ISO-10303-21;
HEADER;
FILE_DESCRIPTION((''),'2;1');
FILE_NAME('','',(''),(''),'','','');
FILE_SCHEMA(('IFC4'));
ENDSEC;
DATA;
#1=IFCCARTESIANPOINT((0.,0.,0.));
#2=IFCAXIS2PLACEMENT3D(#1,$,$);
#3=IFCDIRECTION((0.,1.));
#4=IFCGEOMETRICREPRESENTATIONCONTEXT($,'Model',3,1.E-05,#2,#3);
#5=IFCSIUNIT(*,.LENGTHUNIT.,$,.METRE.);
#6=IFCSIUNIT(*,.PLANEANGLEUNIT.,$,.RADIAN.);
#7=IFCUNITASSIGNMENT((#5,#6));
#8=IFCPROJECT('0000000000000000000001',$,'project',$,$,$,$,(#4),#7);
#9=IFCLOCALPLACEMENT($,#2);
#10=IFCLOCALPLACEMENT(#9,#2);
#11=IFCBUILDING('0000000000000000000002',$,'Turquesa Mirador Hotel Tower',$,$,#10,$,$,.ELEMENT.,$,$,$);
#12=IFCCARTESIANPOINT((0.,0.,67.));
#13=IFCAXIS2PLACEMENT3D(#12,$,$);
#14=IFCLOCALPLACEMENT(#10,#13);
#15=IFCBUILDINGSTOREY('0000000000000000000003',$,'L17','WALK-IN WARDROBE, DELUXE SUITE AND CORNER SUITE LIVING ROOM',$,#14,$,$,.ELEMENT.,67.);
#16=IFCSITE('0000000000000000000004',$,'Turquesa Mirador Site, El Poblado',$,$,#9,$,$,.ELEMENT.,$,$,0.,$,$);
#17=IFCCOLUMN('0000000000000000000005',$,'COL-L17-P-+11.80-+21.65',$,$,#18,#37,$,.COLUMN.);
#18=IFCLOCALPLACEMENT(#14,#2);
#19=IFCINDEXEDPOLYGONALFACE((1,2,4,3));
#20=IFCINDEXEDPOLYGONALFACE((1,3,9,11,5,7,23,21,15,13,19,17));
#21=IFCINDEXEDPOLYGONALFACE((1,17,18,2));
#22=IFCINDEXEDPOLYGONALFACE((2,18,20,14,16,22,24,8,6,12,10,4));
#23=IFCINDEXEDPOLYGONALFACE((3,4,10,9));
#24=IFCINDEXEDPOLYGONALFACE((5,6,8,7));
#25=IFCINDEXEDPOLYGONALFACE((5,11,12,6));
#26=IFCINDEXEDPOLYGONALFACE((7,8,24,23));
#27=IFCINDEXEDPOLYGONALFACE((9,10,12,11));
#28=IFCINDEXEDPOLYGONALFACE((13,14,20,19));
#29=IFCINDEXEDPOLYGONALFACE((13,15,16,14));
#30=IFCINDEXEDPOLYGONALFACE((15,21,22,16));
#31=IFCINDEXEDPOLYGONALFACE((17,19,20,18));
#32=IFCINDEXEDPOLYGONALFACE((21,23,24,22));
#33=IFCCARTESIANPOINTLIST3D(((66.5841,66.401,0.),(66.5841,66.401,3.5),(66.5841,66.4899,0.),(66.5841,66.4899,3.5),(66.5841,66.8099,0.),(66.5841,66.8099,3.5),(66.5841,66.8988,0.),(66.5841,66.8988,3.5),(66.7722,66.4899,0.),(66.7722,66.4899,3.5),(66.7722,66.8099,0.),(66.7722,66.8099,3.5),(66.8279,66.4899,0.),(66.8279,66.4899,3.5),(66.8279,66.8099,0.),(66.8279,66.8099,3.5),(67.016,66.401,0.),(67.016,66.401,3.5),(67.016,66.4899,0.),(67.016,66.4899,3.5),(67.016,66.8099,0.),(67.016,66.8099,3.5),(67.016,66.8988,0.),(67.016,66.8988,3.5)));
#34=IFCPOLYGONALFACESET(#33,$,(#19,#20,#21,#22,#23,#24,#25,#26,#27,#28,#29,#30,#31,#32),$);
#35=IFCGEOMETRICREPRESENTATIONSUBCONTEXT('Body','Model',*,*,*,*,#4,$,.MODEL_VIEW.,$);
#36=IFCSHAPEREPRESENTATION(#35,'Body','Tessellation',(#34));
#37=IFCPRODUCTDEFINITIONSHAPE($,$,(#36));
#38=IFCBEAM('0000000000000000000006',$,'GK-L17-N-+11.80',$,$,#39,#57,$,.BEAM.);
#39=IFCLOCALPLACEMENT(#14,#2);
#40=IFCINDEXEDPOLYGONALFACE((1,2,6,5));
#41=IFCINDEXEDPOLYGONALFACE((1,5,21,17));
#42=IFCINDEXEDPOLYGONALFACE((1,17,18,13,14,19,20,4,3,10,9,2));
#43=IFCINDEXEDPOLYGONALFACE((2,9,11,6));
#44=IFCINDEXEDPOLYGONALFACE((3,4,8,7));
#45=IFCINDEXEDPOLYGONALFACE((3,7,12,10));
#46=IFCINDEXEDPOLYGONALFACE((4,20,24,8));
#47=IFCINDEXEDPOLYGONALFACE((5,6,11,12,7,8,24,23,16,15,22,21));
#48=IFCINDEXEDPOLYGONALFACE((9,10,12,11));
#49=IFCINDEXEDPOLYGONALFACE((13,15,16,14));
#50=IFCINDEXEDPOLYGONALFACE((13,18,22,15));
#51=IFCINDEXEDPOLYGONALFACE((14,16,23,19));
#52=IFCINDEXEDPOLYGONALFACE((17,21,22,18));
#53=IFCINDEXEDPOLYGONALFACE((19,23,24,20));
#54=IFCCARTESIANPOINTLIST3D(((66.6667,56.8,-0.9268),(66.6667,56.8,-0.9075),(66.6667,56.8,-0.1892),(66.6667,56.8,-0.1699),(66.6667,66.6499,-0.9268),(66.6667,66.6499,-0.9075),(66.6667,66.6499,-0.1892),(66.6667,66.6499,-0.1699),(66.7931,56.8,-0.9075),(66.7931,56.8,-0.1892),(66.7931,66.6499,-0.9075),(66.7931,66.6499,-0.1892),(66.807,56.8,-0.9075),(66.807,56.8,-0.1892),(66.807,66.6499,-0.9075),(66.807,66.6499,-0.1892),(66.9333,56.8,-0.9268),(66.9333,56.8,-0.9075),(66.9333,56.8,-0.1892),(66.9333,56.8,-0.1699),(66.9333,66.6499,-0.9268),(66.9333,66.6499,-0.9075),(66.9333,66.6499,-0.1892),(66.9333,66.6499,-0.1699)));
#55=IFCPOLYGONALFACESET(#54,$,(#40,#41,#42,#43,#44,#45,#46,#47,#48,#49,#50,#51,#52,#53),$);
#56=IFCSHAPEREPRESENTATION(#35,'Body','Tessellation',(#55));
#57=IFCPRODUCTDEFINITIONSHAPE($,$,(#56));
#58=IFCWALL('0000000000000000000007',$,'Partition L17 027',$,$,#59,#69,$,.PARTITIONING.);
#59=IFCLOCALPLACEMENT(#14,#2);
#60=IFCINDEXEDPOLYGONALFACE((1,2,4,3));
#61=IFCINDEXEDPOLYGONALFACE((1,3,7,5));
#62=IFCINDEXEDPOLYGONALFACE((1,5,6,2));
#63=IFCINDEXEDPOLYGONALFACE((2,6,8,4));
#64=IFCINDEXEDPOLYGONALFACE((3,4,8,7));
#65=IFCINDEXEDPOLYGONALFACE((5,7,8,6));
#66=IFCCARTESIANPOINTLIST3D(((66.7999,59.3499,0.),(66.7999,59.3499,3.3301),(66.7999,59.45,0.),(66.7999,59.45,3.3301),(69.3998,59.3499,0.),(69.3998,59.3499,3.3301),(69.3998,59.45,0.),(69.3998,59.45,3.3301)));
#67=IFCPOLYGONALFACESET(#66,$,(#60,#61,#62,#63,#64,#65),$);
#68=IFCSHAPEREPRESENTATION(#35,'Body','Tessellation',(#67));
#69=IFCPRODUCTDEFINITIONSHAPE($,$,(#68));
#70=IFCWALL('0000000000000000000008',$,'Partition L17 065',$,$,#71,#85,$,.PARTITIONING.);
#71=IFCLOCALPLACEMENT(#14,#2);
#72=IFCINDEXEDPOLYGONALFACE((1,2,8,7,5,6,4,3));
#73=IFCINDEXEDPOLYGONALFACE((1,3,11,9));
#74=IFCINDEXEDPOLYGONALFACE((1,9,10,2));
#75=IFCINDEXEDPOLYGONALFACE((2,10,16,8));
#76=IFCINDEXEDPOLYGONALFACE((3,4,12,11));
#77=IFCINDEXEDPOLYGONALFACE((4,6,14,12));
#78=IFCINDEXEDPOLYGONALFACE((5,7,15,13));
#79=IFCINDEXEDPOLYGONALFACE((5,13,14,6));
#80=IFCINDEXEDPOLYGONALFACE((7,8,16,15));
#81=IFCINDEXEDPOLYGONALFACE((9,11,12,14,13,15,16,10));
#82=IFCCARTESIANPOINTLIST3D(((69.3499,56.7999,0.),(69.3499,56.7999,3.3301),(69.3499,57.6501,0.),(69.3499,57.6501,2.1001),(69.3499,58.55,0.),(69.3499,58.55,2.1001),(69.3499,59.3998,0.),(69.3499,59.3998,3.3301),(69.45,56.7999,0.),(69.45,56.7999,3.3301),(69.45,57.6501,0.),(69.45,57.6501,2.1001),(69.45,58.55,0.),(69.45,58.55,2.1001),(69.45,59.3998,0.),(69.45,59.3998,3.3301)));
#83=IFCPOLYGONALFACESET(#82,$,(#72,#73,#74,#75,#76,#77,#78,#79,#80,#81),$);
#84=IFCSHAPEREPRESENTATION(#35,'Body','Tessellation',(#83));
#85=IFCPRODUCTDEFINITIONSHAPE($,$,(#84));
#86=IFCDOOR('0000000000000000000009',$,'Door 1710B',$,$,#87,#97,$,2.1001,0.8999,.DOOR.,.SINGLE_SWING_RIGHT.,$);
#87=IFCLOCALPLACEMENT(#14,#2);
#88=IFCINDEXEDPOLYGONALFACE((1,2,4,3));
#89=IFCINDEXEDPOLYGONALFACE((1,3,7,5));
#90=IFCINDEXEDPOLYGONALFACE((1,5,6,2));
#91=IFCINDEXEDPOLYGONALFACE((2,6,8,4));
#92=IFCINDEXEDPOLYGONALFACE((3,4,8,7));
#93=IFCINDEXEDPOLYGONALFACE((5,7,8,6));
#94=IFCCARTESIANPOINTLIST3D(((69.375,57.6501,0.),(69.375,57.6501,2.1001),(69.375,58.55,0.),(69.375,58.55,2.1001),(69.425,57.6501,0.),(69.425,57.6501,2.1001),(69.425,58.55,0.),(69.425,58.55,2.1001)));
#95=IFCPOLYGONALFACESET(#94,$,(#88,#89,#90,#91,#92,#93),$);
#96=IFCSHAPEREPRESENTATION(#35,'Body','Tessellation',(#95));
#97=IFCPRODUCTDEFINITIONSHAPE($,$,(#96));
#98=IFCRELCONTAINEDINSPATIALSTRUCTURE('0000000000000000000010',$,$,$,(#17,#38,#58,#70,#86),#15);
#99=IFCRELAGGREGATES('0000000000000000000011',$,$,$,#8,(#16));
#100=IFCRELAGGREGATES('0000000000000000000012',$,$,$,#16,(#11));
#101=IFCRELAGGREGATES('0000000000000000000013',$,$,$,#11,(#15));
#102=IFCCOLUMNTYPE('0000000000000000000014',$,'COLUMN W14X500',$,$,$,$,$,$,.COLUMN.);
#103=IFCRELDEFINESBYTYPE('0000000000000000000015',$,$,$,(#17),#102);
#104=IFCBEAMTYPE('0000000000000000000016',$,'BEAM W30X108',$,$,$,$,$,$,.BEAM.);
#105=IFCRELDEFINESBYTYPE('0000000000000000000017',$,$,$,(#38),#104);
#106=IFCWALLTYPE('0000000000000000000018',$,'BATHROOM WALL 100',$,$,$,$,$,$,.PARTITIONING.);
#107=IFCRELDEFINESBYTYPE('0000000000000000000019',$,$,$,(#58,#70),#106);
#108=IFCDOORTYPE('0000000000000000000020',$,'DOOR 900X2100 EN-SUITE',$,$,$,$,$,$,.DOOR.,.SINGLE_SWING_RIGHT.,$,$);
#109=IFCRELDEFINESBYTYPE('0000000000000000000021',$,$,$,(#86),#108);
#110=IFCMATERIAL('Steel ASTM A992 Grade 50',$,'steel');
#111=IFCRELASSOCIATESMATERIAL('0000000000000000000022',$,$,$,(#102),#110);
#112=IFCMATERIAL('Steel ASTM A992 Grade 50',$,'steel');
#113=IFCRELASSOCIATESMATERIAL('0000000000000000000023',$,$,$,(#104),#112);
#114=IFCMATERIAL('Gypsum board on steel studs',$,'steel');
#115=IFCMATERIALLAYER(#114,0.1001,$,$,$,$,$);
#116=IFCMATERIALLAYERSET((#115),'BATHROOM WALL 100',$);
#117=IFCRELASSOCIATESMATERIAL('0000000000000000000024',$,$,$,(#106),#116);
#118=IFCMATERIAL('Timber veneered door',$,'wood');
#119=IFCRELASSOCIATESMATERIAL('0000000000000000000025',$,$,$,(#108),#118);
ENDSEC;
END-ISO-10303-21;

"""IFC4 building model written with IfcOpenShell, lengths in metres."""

from ifc_helpers import new_model, si_unit, direction, frame, frame_2d, origin, origin_2d, place, context, subcontext, project, spatial, rectangle, i_section, extrude, material, layer, layer_set, material_profile, profile_set, type_object, element, fill, save


model = new_model("IFC4")

# Units and contexts
model_context = context("Model", 3, precision=1e-05, world=origin(), true_north=direction((0.0, 1.0)))
body_context = subcontext(model_context, "Body", "Model", "MODEL_VIEW")
ifc_project = project(units=[si_unit("LENGTHUNIT", "METRE"), si_unit("PLANEANGLEUNIT", "RADIAN")], contexts=[model_context])

# Site, building, storey
site_placement = place(None, origin())
site = spatial("IfcSite", under=ifc_project, at=site_placement, Name="Turquesa Mirador Site, El Poblado", CompositionType="ELEMENT", RefElevation=0.0)
building_placement = place(site_placement, origin())
building = spatial("IfcBuilding", under=site, at=building_placement, Name="Turquesa Mirador Hotel Tower", CompositionType="ELEMENT")
storey_placement = place(building_placement, frame((0.0, 0.0, 67.0)))
storey = spatial("IfcBuildingStorey", under=building, at=storey_placement, Name="L17", Description="WALK-IN WARDROBE, DELUXE SUITE AND CORNER SUITE LIVING ROOM", CompositionType="ELEMENT", Elevation=67.0)

# Column
ifc_material_1 = material(Name="Steel ASTM A992 Grade 50", Category="steel")
ifc_material_profile_1 = material_profile(ifc_material_1, i_section(OverallWidth=0.4319, OverallDepth=0.4978, WebThickness=0.0557, FlangeThickness=0.0889, at=origin_2d()), Name="W14X500")
ifc_profile_set_1 = profile_set([ifc_material_profile_1], Name="Steel ASTM A992 Grade 50")
column_type = type_object("IfcColumnType", Name="COLUMN W14X500", PredefinedType="COLUMN", material=ifc_profile_set_1)
column_placement = place(storey_placement, frame((66.8, 66.6499, 0.0), z_axis=(0.0, 0.0, 1.0), x_axis=(1.0, 0.0, 0.0)))
element("IfcColumn", 1, at=column_placement, inside=storey, type_object=column_type, Name="COL-L17-P-+11.80-+21.65", PredefinedType="COLUMN", context=body_context, shape_type="SweptSolid", body=[
    extrude(i_section(OverallWidth=0.4319, OverallDepth=0.4978, WebThickness=0.0557, FlangeThickness=0.0889, at=origin_2d()), origin(), (0.0, 0.0, 1.0), 3.5),
])

# Beam
ifc_material_2 = material(Name="Steel ASTM A992 Grade 50", Category="steel")
ifc_material_profile_2 = material_profile(ifc_material_2, i_section(OverallWidth=0.2666, OverallDepth=0.7568, WebThickness=0.0139, FlangeThickness=0.0193, at=origin_2d()), Name="W30X108")
ifc_profile_set_2 = profile_set([ifc_material_profile_2], Name="Steel ASTM A992 Grade 50")
beam_type = type_object("IfcBeamType", Name="BEAM W30X108", PredefinedType="BEAM", material=ifc_profile_set_2)
beam_placement = place(storey_placement, frame((66.8, 66.6499, -0.5483), z_axis=(0.0, -1.0, 0.0), x_axis=(1.0, 0.0, 0.0)))
element("IfcBeam", 2, at=beam_placement, inside=storey, type_object=beam_type, Name="GK-L17-N-+11.80", PredefinedType="BEAM", context=body_context, shape_type="SweptSolid", body=[
    extrude(i_section(OverallWidth=0.2666, OverallDepth=0.7568, WebThickness=0.0139, FlangeThickness=0.0193, at=origin_2d()), origin(), (0.0, 0.0, 1.0), 9.8499),
])

# Wall
ifc_material_3 = material(Name="Gypsum board on steel studs", Category="steel")
ifc_layer_1 = layer(ifc_material_3, 0.1001)
ifc_layer_set_1 = layer_set([ifc_layer_1], Name="BATHROOM WALL 100")
wall_type_1 = type_object("IfcWallType", Name="BATHROOM WALL 100", PredefinedType="PARTITIONING", material=ifc_layer_set_1)
wall_1_placement = place(storey_placement, frame((66.8, 59.3999, 0.0), z_axis=(0.0, 0.0, 1.0), x_axis=(1.0, 0.0, 0.0)))
element("IfcWall", 3, at=wall_1_placement, inside=storey, type_object=wall_type_1, Name="Partition L17 027", PredefinedType="PARTITIONING", context=body_context, shape_type="SweptSolid", body=[
    extrude(rectangle(XDim=2.5999, YDim=0.1001, at=frame_2d((1.2998, 0.0))), origin(), (0.0, 0.0, 1.0), 3.3301),
])

# Wall, opening, door
wall_2_placement = place(storey_placement, frame((69.3999, 56.8, 0.0), z_axis=(0.0, 0.0, 1.0), x_axis=(0.0, 1.0, 0.0)))
wall_2 = element("IfcWall", 4, at=wall_2_placement, inside=storey, type_object=wall_type_1, Name="Partition L17 065", PredefinedType="PARTITIONING", context=body_context, shape_type="SweptSolid", body=[
    extrude(rectangle(XDim=2.5999, YDim=0.1001, at=frame_2d((1.2998, 0.0))), origin(), (0.0, 0.0, 1.0), 3.3301),
])
opening_1_placement = place(wall_2_placement, frame((0.8501, 0.0, 0.0)))
opening_1 = element("IfcOpeningElement", 5, at=opening_1_placement, cuts=wall_2, PredefinedType="OPENING", context=body_context, shape_type="SweptSolid", body=[
    extrude(rectangle(XDim=0.8999, YDim=2.1001, at=frame_2d((0.45, 1.05))), frame((0.0, 0.0601, 0.0), z_axis=(0.0, -1.0, 0.0), x_axis=(1.0, 0.0, 0.0)), (0.0, 0.0, 1.0), 0.1201),
])
ifc_material_4 = material(Name="Timber veneered door", Category="wood")
door_type_1 = type_object("IfcDoorType", Name="DOOR 900X2100 EN-SUITE", OperationType="SINGLE_SWING_RIGHT", PredefinedType="DOOR", material=ifc_material_4)
door_1_placement = place(opening_1_placement, origin())
door_1 = element("IfcDoor", 6, at=door_1_placement, inside=storey, type_object=door_type_1, Name="Door 1710B", OperationType="SINGLE_SWING_RIGHT", OverallHeight=2.1001, OverallWidth=0.8999, PredefinedType="DOOR", context=body_context, shape_type="SweptSolid", body=[
    extrude(rectangle(XDim=0.8999, YDim=2.1001, at=frame_2d((0.45, 1.05))), frame((0.0, 0.0249, 0.0), z_axis=(0.0, -1.0, 0.0), x_axis=(1.0, 0.0, 0.0)), (0.0, 0.0, 1.0), 0.05),
])
fill(opening_1, door_1)

save(model, "model.ifc")
